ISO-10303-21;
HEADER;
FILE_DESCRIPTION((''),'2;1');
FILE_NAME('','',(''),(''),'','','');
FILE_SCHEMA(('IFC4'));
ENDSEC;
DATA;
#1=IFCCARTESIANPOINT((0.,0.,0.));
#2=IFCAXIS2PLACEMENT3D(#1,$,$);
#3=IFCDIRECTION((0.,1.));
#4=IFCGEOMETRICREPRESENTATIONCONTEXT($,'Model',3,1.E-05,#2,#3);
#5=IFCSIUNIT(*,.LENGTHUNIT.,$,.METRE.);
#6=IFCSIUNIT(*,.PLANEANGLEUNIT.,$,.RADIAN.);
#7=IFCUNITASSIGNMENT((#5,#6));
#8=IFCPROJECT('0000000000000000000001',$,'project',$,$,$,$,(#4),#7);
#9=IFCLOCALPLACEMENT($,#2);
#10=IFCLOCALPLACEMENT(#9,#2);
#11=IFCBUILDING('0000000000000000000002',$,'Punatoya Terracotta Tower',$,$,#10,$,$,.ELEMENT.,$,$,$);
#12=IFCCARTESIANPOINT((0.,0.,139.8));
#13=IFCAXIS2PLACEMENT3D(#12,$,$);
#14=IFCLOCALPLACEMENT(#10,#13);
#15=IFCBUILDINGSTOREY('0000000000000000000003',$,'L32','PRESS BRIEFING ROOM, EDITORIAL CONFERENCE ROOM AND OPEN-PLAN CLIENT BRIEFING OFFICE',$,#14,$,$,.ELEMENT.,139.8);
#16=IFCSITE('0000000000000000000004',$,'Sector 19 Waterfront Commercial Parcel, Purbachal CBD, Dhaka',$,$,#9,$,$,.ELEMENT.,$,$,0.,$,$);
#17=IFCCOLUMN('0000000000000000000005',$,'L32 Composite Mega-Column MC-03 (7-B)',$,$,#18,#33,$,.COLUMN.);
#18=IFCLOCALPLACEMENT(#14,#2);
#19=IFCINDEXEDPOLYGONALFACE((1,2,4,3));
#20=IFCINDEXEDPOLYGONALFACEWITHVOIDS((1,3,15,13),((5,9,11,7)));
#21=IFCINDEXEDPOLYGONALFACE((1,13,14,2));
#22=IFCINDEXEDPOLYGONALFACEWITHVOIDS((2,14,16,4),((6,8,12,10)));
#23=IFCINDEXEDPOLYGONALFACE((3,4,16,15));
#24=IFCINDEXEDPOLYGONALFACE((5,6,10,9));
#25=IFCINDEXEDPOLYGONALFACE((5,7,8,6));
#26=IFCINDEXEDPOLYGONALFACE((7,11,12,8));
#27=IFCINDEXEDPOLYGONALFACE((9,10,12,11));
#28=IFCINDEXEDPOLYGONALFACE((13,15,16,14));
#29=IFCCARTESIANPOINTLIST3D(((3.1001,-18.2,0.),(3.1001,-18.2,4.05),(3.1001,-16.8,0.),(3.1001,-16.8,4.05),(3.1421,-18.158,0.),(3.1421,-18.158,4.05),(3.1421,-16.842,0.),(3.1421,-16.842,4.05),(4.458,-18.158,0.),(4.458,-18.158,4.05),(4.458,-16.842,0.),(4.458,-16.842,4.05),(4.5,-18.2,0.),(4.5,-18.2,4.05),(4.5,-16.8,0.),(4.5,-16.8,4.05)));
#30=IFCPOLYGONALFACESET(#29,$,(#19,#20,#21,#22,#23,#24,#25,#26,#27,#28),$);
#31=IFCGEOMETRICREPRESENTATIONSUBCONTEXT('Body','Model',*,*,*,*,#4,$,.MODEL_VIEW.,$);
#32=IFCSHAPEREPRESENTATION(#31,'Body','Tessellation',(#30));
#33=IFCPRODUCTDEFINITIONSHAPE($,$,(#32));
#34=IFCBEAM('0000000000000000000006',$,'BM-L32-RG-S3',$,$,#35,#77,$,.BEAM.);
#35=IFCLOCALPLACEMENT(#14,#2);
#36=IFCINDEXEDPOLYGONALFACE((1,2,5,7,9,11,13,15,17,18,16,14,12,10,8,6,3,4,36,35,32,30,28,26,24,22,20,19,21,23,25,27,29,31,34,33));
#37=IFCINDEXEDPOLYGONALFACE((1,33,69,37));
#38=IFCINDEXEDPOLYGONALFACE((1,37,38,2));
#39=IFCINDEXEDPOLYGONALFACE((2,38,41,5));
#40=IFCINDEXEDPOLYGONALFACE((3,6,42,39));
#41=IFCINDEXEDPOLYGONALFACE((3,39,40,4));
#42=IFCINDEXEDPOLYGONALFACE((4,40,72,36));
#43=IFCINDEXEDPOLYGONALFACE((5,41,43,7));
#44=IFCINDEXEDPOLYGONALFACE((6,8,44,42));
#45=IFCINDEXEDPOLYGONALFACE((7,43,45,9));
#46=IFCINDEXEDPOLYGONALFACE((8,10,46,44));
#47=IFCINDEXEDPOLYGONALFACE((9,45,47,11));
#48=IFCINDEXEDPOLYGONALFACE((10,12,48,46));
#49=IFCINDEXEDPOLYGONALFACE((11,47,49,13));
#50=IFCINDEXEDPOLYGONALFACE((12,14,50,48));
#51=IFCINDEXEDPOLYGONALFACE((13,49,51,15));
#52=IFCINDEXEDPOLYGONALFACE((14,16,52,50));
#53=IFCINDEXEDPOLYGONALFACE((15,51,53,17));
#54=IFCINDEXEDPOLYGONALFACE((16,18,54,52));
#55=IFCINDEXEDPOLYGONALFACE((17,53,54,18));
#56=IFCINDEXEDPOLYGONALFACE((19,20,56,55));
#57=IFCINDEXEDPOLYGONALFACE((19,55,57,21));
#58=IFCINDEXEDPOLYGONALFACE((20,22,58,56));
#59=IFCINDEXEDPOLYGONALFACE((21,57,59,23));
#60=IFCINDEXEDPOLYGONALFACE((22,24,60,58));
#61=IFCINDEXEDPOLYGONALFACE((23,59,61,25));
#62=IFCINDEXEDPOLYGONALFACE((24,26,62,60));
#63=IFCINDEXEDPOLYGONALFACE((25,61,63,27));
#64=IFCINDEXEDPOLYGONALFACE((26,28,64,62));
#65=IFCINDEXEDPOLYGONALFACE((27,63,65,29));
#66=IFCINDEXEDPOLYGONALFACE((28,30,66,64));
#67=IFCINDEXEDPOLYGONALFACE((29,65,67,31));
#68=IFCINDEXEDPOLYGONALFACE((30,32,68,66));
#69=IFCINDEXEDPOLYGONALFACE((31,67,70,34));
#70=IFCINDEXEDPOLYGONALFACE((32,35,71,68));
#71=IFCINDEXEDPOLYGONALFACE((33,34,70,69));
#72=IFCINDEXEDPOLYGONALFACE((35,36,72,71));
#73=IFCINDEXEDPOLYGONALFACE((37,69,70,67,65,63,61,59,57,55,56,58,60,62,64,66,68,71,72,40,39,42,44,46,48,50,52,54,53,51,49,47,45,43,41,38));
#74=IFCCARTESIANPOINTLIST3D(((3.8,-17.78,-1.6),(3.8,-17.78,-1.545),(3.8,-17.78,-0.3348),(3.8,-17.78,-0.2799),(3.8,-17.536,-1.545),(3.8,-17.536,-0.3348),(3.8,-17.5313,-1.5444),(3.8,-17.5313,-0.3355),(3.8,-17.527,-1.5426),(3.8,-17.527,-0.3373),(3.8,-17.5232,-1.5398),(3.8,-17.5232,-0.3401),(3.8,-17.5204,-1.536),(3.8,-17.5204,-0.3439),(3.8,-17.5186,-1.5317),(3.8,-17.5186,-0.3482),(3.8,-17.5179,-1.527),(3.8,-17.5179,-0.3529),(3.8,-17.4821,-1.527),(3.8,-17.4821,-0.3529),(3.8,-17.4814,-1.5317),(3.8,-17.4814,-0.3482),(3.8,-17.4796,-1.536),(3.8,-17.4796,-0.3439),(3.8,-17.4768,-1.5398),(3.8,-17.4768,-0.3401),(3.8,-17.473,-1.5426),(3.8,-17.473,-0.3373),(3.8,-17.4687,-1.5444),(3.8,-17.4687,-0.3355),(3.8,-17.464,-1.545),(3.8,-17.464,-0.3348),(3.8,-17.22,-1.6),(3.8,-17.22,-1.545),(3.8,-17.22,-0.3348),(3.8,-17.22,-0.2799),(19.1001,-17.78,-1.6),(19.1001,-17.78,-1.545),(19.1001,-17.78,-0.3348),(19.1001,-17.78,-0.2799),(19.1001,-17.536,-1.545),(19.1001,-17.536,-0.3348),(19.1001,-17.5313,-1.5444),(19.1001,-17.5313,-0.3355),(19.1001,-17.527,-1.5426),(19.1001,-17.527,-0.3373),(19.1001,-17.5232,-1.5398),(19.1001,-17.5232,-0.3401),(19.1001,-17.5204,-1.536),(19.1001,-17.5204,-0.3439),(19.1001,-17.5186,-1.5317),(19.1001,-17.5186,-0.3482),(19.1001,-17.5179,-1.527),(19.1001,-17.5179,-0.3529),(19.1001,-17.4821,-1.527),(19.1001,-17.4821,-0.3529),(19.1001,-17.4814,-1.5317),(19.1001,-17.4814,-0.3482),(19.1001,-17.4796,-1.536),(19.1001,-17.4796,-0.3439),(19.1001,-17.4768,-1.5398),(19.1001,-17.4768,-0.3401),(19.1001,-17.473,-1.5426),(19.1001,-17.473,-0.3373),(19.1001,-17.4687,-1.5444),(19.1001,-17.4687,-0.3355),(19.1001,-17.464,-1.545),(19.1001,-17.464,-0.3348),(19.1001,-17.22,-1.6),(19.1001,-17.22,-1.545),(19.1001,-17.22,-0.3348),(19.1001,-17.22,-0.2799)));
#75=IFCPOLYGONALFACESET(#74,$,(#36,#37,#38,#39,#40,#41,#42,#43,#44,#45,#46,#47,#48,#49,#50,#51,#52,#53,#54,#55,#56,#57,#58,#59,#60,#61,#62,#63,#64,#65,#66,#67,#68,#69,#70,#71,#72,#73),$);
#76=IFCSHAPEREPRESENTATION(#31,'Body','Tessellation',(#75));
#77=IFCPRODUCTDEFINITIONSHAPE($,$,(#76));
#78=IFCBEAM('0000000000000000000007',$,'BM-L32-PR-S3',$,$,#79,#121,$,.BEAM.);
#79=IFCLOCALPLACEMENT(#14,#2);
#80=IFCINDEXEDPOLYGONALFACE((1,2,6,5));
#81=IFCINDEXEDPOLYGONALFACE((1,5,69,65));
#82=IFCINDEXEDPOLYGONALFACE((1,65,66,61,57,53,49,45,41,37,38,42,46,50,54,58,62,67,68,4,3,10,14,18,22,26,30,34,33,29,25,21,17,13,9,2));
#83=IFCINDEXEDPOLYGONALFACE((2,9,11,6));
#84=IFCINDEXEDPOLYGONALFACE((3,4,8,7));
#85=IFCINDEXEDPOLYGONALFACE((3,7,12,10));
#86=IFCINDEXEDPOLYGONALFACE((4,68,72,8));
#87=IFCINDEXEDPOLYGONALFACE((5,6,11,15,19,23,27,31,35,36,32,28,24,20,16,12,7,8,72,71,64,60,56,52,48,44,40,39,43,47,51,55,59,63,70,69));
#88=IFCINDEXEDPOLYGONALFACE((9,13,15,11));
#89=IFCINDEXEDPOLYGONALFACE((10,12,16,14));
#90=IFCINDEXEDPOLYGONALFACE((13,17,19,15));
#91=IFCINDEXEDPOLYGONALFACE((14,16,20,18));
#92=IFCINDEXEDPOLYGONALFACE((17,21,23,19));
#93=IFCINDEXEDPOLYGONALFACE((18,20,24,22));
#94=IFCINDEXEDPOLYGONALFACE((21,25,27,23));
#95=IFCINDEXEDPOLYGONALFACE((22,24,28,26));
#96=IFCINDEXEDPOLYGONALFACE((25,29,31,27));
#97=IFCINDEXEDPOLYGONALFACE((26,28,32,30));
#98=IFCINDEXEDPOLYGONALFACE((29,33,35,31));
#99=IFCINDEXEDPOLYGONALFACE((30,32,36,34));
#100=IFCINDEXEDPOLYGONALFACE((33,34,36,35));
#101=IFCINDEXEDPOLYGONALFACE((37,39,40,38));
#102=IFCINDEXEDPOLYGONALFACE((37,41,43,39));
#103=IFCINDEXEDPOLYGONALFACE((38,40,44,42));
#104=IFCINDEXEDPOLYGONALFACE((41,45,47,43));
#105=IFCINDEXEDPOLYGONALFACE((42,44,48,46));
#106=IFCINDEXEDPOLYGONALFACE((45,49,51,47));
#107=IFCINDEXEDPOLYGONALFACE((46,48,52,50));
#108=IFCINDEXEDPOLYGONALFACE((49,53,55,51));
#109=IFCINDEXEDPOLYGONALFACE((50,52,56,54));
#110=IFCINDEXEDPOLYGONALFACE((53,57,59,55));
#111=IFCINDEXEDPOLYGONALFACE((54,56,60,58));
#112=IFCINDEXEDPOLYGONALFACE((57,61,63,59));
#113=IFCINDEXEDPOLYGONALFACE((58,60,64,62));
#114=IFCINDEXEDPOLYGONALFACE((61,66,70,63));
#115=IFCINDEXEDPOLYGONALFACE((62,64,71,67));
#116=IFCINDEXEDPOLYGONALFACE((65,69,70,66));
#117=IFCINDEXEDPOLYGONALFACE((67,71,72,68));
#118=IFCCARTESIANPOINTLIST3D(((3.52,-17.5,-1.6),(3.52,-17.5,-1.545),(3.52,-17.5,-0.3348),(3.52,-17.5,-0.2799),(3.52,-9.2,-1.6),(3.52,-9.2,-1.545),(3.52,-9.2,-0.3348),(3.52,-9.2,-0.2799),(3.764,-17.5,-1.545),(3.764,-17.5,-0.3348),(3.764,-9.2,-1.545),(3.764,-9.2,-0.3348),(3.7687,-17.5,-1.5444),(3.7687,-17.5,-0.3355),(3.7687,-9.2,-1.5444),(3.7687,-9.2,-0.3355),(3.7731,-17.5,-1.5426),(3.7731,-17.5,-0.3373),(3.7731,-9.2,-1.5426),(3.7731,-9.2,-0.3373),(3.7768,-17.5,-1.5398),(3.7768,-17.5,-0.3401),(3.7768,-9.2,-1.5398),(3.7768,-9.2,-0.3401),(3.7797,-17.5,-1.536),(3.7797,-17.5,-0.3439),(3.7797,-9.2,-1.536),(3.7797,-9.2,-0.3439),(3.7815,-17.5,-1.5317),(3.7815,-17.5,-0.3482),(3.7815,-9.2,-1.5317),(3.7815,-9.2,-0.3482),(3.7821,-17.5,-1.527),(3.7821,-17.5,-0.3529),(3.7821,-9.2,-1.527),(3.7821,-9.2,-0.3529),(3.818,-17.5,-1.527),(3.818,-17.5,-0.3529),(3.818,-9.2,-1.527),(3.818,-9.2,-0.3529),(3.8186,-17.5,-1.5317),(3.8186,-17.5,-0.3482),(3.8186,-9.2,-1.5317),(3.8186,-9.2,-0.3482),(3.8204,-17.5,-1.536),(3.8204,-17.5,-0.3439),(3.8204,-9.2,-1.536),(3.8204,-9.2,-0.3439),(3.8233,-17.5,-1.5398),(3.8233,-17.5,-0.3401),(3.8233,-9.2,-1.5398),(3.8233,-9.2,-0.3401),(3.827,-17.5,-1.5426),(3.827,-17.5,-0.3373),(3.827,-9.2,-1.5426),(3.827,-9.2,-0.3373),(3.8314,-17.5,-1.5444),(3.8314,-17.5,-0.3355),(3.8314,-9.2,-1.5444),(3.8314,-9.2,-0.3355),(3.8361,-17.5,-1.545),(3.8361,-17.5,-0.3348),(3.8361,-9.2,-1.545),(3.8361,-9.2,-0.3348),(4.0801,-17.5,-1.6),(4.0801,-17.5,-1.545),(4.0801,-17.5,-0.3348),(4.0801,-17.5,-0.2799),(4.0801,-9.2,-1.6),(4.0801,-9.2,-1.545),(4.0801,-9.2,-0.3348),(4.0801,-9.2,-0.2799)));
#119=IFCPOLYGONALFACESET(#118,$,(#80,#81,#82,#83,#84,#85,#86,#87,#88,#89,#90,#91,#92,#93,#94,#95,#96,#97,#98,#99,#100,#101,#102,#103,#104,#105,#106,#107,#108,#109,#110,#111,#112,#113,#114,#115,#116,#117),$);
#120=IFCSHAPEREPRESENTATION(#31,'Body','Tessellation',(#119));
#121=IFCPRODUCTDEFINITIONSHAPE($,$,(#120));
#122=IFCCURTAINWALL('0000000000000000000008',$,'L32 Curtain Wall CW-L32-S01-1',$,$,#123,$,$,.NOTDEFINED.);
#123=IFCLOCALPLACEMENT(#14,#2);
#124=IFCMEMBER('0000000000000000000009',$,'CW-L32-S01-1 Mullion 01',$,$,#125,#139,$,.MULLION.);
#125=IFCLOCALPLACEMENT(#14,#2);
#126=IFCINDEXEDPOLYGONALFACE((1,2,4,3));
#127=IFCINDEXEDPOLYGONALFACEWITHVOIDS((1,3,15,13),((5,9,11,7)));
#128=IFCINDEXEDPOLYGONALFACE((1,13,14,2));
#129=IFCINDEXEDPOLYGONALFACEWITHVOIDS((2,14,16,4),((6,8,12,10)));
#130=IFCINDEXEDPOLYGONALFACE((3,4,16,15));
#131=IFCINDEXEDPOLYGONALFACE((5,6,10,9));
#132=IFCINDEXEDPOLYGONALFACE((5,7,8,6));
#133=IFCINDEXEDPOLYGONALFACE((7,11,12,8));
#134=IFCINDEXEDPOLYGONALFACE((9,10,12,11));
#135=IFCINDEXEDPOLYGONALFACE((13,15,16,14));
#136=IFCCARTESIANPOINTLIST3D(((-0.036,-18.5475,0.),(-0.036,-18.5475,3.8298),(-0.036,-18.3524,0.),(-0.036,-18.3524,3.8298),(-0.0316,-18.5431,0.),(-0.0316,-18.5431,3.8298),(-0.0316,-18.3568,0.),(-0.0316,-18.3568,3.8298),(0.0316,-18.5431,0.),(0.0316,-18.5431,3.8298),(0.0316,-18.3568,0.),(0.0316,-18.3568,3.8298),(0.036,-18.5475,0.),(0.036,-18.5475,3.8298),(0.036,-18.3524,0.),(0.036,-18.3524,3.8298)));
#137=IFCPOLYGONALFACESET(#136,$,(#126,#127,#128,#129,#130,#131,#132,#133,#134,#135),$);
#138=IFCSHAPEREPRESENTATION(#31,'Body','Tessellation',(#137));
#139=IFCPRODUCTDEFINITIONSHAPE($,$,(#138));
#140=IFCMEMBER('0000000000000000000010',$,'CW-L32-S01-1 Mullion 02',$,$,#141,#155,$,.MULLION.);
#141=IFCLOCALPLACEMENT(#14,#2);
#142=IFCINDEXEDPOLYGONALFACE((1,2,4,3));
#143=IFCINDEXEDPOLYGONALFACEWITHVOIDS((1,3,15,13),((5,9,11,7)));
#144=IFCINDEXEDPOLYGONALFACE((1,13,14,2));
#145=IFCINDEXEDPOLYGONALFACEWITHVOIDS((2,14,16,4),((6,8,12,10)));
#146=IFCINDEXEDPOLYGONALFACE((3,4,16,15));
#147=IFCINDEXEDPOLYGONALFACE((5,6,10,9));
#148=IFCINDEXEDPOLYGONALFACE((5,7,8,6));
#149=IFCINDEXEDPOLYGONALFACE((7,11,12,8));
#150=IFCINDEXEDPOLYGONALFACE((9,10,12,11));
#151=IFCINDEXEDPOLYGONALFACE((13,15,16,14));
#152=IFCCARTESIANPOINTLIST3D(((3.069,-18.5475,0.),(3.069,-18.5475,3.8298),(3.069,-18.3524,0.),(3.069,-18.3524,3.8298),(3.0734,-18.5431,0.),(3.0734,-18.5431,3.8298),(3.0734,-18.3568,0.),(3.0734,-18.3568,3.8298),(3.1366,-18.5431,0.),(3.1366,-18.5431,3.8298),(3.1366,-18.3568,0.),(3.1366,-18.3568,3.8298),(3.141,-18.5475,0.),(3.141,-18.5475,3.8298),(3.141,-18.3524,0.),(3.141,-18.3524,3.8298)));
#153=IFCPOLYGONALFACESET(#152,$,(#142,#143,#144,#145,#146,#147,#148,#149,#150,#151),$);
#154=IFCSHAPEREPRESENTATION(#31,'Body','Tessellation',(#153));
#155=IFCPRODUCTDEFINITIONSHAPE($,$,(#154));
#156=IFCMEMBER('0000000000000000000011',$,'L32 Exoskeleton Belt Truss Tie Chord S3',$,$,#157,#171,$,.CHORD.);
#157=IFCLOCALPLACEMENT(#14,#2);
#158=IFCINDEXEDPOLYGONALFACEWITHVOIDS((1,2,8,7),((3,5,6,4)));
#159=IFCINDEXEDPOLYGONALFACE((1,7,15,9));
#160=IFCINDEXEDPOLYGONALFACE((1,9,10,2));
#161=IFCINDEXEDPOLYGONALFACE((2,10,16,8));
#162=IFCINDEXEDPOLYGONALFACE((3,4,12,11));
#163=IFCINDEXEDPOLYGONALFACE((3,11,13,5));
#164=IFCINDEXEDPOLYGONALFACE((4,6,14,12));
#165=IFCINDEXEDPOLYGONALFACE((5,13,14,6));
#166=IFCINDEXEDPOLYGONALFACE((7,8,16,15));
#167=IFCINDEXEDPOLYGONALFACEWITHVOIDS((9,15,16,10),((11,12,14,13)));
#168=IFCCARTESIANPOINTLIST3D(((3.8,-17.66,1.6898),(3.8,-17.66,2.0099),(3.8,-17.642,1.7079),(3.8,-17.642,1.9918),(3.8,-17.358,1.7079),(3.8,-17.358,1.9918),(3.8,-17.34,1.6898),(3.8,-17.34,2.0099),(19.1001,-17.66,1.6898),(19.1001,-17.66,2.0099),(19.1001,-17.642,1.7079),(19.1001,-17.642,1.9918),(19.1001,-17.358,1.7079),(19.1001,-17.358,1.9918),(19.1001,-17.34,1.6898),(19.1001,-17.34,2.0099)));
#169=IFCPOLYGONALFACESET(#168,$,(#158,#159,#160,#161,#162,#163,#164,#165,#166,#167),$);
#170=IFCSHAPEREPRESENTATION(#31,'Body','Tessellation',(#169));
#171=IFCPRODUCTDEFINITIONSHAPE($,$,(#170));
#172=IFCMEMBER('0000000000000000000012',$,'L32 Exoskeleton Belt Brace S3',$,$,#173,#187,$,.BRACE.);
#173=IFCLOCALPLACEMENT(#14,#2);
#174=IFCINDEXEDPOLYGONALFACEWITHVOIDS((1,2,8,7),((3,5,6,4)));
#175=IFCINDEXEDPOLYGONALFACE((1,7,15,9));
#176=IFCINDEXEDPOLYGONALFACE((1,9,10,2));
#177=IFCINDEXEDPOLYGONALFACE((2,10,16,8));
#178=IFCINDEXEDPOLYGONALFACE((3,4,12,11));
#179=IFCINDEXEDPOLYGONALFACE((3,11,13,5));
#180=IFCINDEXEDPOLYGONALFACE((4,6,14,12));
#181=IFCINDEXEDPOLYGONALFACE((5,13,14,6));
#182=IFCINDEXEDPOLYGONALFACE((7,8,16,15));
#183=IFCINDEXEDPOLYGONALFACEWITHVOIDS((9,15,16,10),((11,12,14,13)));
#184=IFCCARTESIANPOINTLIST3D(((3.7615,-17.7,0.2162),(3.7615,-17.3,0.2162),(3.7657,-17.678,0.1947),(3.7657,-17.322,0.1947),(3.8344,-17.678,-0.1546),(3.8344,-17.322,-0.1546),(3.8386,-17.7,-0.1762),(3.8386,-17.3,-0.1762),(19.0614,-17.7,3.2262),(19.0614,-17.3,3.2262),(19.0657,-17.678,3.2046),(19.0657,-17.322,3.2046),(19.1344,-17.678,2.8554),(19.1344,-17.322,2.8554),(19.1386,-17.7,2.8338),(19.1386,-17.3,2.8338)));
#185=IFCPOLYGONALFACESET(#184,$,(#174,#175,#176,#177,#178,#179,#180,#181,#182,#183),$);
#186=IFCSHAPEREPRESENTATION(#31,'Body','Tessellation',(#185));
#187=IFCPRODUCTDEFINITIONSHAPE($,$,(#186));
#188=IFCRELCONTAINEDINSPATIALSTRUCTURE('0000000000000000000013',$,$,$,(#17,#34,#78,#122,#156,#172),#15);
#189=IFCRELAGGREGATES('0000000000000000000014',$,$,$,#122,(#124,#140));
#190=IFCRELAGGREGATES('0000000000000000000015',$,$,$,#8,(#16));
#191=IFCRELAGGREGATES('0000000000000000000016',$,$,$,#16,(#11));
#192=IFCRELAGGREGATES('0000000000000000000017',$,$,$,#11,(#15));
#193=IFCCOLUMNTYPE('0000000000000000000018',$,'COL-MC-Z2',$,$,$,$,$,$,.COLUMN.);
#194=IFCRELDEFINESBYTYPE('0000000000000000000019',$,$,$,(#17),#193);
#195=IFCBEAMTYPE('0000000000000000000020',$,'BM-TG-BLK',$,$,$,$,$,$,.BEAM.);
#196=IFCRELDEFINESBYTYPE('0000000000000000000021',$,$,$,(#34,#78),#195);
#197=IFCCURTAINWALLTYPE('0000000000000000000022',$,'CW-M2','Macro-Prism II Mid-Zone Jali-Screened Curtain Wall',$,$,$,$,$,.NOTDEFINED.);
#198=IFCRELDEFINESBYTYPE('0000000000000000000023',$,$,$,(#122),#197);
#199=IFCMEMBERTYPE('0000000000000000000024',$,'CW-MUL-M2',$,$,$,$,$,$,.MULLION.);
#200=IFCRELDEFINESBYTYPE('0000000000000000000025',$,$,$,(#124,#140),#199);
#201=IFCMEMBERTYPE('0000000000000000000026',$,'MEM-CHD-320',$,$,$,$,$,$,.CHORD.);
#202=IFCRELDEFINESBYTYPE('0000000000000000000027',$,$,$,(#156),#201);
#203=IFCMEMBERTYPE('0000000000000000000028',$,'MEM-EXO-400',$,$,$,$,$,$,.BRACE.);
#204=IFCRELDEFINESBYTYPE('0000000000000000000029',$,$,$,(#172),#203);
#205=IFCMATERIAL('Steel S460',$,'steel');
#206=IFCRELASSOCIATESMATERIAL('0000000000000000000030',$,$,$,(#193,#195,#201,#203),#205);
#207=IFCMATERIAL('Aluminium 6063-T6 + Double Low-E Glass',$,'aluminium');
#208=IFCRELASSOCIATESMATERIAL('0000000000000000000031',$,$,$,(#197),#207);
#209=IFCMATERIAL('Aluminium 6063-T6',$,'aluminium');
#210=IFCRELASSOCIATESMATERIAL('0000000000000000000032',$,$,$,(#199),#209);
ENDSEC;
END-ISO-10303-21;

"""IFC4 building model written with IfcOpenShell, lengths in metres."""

from ifc_helpers import new_model, si_unit, direction, frame, origin, origin_2d, place, context, subcontext, project, spatial, hollow_rectangle, i_section, extrude, material, material_profile, profile_set, type_object, element, aggregate, save


model = new_model("IFC4")

# Units and contexts
model_context = context("Model", 3, precision=1e-05, world=origin(), true_north=direction((0.0, 1.0)))
body_context = subcontext(model_context, "Body", "Model", "MODEL_VIEW")
ifc_project = project(units=[si_unit("LENGTHUNIT", "METRE"), si_unit("PLANEANGLEUNIT", "RADIAN")], contexts=[model_context])

# Site, building, storey
site_placement = place(None, origin())
site = spatial("IfcSite", under=ifc_project, at=site_placement, Name="Sector 19 Waterfront Commercial Parcel, Purbachal CBD, Dhaka", CompositionType="ELEMENT", RefElevation=0.0)
building_placement = place(site_placement, origin())
building = spatial("IfcBuilding", under=site, at=building_placement, Name="Punatoya Terracotta Tower", CompositionType="ELEMENT")
storey_placement = place(building_placement, frame((0.0, 0.0, 139.8)))
storey = spatial("IfcBuildingStorey", under=building, at=storey_placement, Name="L32", Description="PRESS BRIEFING ROOM, EDITORIAL CONFERENCE ROOM AND OPEN-PLAN CLIENT BRIEFING OFFICE", CompositionType="ELEMENT", Elevation=139.8)

# Column
ifc_material_1 = material(Name="Steel S460", Category="steel")
ifc_material_profile_1 = material_profile(ifc_material_1, hollow_rectangle(XDim=1.3999, YDim=1.3999, WallThickness=0.042, at=origin_2d()))
ifc_profile_set_1 = profile_set([ifc_material_profile_1], Name="Steel S460")
column_type = type_object("IfcColumnType", Name="COL-MC-Z2", PredefinedType="COLUMN", material=ifc_profile_set_1)
column_placement = place(storey_placement, frame((3.8, -17.5, 0.0), z_axis=(0.0, 0.0, 1.0), x_axis=(1.0, 0.0, 0.0)))
element("IfcColumn", 1, at=column_placement, inside=storey, type_object=column_type, Name="L32 Composite Mega-Column MC-03 (7-B)", PredefinedType="COLUMN", context=body_context, shape_type="SweptSolid", body=[
    extrude(hollow_rectangle(XDim=1.3999, YDim=1.3999, WallThickness=0.042, at=origin_2d()), origin(), (0.0, 0.0, 1.0), 4.05),
])

# Beams
ifc_material_profile_2 = material_profile(ifc_material_1, i_section(OverallWidth=0.5601, OverallDepth=1.3201, WebThickness=0.0359, FlangeThickness=0.0549, FilletRadius=0.0181, at=origin_2d()))
ifc_profile_set_2 = profile_set([ifc_material_profile_2], Name="Steel S460")
beam_type = type_object("IfcBeamType", Name="BM-TG-BLK", PredefinedType="BEAM", material=ifc_profile_set_2)
beam_1_placement = place(storey_placement, frame((3.8, -17.5, -0.9399), z_axis=(1.0, 0.0, 0.0), x_axis=(0.0, 1.0, 0.0)))
element("IfcBeam", 2, at=beam_1_placement, inside=storey, type_object=beam_type, Name="BM-L32-RG-S3", PredefinedType="BEAM", context=body_context, shape_type="SweptSolid", body=[
    extrude(i_section(OverallWidth=0.5601, OverallDepth=1.3201, WebThickness=0.0359, FlangeThickness=0.0549, FilletRadius=0.0181, at=origin_2d()), origin(), (0.0, 0.0, 1.0), 15.3),
])
beam_2_placement = place(storey_placement, frame((3.8, -17.5, -0.9399), z_axis=(0.0, 1.0, 0.0), x_axis=(-1.0, 0.0, 0.0)))
element("IfcBeam", 3, at=beam_2_placement, inside=storey, type_object=beam_type, Name="BM-L32-PR-S3", PredefinedType="BEAM", context=body_context, shape_type="SweptSolid", body=[
    extrude(i_section(OverallWidth=0.5601, OverallDepth=1.3201, WebThickness=0.0359, FlangeThickness=0.0549, FilletRadius=0.0181, at=origin_2d()), origin(), (0.0, 0.0, 1.0), 8.3),
])

# Curtain wall, members
ifc_material_2 = material(Name="Aluminium 6063-T6 + Double Low-E Glass", Category="aluminium")
curtain_wall_type = type_object("IfcCurtainWallType", Name="CW-M2", Description="Macro-Prism II Mid-Zone Jali-Screened Curtain Wall", PredefinedType="NOTDEFINED", material=ifc_material_2)
curtain_wall_placement = place(storey_placement, origin())
curtain_wall = element("IfcCurtainWall", 4, at=curtain_wall_placement, inside=storey, type_object=curtain_wall_type, Name="L32 Curtain Wall CW-L32-S01-1", PredefinedType="NOTDEFINED")
ifc_material_3 = material(Name="Aluminium 6063-T6", Category="aluminium")
ifc_material_profile_3 = material_profile(ifc_material_3, hollow_rectangle(XDim=0.072, YDim=0.1951, WallThickness=0.0044, at=origin_2d()))
ifc_profile_set_3 = profile_set([ifc_material_profile_3], Name="Aluminium 6063-T6")
member_type_1 = type_object("IfcMemberType", Name="CW-MUL-M2", PredefinedType="MULLION", material=ifc_profile_set_3)
member_1_placement = place(storey_placement, frame((0.0, -18.45, 0.0), z_axis=(0.0, 0.0, 1.0), x_axis=(1.0, 0.0, 0.0)))
member_1 = element("IfcMember", 5, at=member_1_placement, type_object=member_type_1, Name="CW-L32-S01-1 Mullion 01", PredefinedType="MULLION", context=body_context, shape_type="SweptSolid", body=[
    extrude(hollow_rectangle(XDim=0.072, YDim=0.1951, WallThickness=0.0044, at=origin_2d()), origin(), (0.0, 0.0, 1.0), 3.8298),
])
member_2_placement = place(storey_placement, frame((3.105, -18.45, 0.0), z_axis=(0.0, 0.0, 1.0), x_axis=(1.0, 0.0, 0.0)))
member_2 = element("IfcMember", 6, at=member_2_placement, type_object=member_type_1, Name="CW-L32-S01-1 Mullion 02", PredefinedType="MULLION", context=body_context, shape_type="SweptSolid", body=[
    extrude(hollow_rectangle(XDim=0.072, YDim=0.1951, WallThickness=0.0044, at=origin_2d()), origin(), (0.0, 0.0, 1.0), 3.8298),
])

# Members
ifc_material_profile_4 = material_profile(ifc_material_1, hollow_rectangle(XDim=0.3201, YDim=0.3201, WallThickness=0.0181, at=origin_2d()))
ifc_profile_set_4 = profile_set([ifc_material_profile_4], Name="Steel S460")
member_type_2 = type_object("IfcMemberType", Name="MEM-CHD-320", PredefinedType="CHORD", material=ifc_profile_set_4)
member_3_placement = place(storey_placement, frame((3.8, -17.5, 1.8499), z_axis=(1.0, 0.0, 0.0), x_axis=(0.0, 1.0, 0.0)))
element("IfcMember", 7, at=member_3_placement, inside=storey, type_object=member_type_2, Name="L32 Exoskeleton Belt Truss Tie Chord S3", PredefinedType="CHORD", context=body_context, shape_type="SweptSolid", body=[
    extrude(hollow_rectangle(XDim=0.3201, YDim=0.3201, WallThickness=0.0181, at=origin_2d()), origin(), (0.0, 0.0, 1.0), 15.3),
])
ifc_material_profile_5 = material_profile(ifc_material_1, hollow_rectangle(XDim=0.3999, YDim=0.3999, WallThickness=0.022, at=origin_2d()))
ifc_profile_set_5 = profile_set([ifc_material_profile_5], Name="Steel S460")
member_type_3 = type_object("IfcMemberType", Name="MEM-EXO-400", PredefinedType="BRACE", material=ifc_profile_set_5)
member_4_placement = place(storey_placement, frame((3.8, -17.5, 0.02), z_axis=(0.981192, 0.0, 0.193032), x_axis=(0.0, 1.0, 0.0)))
element("IfcMember", 8, at=member_4_placement, inside=storey, type_object=member_type_3, Name="L32 Exoskeleton Belt Brace S3", PredefinedType="BRACE", context=body_context, shape_type="SweptSolid", body=[
    extrude(hollow_rectangle(XDim=0.3999, YDim=0.3999, WallThickness=0.022, at=origin_2d()), origin(), (0.0, 0.0, 1.0), 15.5933),
])

aggregate(curtain_wall, [member_1, member_2])

save(model, "model.ifc")
